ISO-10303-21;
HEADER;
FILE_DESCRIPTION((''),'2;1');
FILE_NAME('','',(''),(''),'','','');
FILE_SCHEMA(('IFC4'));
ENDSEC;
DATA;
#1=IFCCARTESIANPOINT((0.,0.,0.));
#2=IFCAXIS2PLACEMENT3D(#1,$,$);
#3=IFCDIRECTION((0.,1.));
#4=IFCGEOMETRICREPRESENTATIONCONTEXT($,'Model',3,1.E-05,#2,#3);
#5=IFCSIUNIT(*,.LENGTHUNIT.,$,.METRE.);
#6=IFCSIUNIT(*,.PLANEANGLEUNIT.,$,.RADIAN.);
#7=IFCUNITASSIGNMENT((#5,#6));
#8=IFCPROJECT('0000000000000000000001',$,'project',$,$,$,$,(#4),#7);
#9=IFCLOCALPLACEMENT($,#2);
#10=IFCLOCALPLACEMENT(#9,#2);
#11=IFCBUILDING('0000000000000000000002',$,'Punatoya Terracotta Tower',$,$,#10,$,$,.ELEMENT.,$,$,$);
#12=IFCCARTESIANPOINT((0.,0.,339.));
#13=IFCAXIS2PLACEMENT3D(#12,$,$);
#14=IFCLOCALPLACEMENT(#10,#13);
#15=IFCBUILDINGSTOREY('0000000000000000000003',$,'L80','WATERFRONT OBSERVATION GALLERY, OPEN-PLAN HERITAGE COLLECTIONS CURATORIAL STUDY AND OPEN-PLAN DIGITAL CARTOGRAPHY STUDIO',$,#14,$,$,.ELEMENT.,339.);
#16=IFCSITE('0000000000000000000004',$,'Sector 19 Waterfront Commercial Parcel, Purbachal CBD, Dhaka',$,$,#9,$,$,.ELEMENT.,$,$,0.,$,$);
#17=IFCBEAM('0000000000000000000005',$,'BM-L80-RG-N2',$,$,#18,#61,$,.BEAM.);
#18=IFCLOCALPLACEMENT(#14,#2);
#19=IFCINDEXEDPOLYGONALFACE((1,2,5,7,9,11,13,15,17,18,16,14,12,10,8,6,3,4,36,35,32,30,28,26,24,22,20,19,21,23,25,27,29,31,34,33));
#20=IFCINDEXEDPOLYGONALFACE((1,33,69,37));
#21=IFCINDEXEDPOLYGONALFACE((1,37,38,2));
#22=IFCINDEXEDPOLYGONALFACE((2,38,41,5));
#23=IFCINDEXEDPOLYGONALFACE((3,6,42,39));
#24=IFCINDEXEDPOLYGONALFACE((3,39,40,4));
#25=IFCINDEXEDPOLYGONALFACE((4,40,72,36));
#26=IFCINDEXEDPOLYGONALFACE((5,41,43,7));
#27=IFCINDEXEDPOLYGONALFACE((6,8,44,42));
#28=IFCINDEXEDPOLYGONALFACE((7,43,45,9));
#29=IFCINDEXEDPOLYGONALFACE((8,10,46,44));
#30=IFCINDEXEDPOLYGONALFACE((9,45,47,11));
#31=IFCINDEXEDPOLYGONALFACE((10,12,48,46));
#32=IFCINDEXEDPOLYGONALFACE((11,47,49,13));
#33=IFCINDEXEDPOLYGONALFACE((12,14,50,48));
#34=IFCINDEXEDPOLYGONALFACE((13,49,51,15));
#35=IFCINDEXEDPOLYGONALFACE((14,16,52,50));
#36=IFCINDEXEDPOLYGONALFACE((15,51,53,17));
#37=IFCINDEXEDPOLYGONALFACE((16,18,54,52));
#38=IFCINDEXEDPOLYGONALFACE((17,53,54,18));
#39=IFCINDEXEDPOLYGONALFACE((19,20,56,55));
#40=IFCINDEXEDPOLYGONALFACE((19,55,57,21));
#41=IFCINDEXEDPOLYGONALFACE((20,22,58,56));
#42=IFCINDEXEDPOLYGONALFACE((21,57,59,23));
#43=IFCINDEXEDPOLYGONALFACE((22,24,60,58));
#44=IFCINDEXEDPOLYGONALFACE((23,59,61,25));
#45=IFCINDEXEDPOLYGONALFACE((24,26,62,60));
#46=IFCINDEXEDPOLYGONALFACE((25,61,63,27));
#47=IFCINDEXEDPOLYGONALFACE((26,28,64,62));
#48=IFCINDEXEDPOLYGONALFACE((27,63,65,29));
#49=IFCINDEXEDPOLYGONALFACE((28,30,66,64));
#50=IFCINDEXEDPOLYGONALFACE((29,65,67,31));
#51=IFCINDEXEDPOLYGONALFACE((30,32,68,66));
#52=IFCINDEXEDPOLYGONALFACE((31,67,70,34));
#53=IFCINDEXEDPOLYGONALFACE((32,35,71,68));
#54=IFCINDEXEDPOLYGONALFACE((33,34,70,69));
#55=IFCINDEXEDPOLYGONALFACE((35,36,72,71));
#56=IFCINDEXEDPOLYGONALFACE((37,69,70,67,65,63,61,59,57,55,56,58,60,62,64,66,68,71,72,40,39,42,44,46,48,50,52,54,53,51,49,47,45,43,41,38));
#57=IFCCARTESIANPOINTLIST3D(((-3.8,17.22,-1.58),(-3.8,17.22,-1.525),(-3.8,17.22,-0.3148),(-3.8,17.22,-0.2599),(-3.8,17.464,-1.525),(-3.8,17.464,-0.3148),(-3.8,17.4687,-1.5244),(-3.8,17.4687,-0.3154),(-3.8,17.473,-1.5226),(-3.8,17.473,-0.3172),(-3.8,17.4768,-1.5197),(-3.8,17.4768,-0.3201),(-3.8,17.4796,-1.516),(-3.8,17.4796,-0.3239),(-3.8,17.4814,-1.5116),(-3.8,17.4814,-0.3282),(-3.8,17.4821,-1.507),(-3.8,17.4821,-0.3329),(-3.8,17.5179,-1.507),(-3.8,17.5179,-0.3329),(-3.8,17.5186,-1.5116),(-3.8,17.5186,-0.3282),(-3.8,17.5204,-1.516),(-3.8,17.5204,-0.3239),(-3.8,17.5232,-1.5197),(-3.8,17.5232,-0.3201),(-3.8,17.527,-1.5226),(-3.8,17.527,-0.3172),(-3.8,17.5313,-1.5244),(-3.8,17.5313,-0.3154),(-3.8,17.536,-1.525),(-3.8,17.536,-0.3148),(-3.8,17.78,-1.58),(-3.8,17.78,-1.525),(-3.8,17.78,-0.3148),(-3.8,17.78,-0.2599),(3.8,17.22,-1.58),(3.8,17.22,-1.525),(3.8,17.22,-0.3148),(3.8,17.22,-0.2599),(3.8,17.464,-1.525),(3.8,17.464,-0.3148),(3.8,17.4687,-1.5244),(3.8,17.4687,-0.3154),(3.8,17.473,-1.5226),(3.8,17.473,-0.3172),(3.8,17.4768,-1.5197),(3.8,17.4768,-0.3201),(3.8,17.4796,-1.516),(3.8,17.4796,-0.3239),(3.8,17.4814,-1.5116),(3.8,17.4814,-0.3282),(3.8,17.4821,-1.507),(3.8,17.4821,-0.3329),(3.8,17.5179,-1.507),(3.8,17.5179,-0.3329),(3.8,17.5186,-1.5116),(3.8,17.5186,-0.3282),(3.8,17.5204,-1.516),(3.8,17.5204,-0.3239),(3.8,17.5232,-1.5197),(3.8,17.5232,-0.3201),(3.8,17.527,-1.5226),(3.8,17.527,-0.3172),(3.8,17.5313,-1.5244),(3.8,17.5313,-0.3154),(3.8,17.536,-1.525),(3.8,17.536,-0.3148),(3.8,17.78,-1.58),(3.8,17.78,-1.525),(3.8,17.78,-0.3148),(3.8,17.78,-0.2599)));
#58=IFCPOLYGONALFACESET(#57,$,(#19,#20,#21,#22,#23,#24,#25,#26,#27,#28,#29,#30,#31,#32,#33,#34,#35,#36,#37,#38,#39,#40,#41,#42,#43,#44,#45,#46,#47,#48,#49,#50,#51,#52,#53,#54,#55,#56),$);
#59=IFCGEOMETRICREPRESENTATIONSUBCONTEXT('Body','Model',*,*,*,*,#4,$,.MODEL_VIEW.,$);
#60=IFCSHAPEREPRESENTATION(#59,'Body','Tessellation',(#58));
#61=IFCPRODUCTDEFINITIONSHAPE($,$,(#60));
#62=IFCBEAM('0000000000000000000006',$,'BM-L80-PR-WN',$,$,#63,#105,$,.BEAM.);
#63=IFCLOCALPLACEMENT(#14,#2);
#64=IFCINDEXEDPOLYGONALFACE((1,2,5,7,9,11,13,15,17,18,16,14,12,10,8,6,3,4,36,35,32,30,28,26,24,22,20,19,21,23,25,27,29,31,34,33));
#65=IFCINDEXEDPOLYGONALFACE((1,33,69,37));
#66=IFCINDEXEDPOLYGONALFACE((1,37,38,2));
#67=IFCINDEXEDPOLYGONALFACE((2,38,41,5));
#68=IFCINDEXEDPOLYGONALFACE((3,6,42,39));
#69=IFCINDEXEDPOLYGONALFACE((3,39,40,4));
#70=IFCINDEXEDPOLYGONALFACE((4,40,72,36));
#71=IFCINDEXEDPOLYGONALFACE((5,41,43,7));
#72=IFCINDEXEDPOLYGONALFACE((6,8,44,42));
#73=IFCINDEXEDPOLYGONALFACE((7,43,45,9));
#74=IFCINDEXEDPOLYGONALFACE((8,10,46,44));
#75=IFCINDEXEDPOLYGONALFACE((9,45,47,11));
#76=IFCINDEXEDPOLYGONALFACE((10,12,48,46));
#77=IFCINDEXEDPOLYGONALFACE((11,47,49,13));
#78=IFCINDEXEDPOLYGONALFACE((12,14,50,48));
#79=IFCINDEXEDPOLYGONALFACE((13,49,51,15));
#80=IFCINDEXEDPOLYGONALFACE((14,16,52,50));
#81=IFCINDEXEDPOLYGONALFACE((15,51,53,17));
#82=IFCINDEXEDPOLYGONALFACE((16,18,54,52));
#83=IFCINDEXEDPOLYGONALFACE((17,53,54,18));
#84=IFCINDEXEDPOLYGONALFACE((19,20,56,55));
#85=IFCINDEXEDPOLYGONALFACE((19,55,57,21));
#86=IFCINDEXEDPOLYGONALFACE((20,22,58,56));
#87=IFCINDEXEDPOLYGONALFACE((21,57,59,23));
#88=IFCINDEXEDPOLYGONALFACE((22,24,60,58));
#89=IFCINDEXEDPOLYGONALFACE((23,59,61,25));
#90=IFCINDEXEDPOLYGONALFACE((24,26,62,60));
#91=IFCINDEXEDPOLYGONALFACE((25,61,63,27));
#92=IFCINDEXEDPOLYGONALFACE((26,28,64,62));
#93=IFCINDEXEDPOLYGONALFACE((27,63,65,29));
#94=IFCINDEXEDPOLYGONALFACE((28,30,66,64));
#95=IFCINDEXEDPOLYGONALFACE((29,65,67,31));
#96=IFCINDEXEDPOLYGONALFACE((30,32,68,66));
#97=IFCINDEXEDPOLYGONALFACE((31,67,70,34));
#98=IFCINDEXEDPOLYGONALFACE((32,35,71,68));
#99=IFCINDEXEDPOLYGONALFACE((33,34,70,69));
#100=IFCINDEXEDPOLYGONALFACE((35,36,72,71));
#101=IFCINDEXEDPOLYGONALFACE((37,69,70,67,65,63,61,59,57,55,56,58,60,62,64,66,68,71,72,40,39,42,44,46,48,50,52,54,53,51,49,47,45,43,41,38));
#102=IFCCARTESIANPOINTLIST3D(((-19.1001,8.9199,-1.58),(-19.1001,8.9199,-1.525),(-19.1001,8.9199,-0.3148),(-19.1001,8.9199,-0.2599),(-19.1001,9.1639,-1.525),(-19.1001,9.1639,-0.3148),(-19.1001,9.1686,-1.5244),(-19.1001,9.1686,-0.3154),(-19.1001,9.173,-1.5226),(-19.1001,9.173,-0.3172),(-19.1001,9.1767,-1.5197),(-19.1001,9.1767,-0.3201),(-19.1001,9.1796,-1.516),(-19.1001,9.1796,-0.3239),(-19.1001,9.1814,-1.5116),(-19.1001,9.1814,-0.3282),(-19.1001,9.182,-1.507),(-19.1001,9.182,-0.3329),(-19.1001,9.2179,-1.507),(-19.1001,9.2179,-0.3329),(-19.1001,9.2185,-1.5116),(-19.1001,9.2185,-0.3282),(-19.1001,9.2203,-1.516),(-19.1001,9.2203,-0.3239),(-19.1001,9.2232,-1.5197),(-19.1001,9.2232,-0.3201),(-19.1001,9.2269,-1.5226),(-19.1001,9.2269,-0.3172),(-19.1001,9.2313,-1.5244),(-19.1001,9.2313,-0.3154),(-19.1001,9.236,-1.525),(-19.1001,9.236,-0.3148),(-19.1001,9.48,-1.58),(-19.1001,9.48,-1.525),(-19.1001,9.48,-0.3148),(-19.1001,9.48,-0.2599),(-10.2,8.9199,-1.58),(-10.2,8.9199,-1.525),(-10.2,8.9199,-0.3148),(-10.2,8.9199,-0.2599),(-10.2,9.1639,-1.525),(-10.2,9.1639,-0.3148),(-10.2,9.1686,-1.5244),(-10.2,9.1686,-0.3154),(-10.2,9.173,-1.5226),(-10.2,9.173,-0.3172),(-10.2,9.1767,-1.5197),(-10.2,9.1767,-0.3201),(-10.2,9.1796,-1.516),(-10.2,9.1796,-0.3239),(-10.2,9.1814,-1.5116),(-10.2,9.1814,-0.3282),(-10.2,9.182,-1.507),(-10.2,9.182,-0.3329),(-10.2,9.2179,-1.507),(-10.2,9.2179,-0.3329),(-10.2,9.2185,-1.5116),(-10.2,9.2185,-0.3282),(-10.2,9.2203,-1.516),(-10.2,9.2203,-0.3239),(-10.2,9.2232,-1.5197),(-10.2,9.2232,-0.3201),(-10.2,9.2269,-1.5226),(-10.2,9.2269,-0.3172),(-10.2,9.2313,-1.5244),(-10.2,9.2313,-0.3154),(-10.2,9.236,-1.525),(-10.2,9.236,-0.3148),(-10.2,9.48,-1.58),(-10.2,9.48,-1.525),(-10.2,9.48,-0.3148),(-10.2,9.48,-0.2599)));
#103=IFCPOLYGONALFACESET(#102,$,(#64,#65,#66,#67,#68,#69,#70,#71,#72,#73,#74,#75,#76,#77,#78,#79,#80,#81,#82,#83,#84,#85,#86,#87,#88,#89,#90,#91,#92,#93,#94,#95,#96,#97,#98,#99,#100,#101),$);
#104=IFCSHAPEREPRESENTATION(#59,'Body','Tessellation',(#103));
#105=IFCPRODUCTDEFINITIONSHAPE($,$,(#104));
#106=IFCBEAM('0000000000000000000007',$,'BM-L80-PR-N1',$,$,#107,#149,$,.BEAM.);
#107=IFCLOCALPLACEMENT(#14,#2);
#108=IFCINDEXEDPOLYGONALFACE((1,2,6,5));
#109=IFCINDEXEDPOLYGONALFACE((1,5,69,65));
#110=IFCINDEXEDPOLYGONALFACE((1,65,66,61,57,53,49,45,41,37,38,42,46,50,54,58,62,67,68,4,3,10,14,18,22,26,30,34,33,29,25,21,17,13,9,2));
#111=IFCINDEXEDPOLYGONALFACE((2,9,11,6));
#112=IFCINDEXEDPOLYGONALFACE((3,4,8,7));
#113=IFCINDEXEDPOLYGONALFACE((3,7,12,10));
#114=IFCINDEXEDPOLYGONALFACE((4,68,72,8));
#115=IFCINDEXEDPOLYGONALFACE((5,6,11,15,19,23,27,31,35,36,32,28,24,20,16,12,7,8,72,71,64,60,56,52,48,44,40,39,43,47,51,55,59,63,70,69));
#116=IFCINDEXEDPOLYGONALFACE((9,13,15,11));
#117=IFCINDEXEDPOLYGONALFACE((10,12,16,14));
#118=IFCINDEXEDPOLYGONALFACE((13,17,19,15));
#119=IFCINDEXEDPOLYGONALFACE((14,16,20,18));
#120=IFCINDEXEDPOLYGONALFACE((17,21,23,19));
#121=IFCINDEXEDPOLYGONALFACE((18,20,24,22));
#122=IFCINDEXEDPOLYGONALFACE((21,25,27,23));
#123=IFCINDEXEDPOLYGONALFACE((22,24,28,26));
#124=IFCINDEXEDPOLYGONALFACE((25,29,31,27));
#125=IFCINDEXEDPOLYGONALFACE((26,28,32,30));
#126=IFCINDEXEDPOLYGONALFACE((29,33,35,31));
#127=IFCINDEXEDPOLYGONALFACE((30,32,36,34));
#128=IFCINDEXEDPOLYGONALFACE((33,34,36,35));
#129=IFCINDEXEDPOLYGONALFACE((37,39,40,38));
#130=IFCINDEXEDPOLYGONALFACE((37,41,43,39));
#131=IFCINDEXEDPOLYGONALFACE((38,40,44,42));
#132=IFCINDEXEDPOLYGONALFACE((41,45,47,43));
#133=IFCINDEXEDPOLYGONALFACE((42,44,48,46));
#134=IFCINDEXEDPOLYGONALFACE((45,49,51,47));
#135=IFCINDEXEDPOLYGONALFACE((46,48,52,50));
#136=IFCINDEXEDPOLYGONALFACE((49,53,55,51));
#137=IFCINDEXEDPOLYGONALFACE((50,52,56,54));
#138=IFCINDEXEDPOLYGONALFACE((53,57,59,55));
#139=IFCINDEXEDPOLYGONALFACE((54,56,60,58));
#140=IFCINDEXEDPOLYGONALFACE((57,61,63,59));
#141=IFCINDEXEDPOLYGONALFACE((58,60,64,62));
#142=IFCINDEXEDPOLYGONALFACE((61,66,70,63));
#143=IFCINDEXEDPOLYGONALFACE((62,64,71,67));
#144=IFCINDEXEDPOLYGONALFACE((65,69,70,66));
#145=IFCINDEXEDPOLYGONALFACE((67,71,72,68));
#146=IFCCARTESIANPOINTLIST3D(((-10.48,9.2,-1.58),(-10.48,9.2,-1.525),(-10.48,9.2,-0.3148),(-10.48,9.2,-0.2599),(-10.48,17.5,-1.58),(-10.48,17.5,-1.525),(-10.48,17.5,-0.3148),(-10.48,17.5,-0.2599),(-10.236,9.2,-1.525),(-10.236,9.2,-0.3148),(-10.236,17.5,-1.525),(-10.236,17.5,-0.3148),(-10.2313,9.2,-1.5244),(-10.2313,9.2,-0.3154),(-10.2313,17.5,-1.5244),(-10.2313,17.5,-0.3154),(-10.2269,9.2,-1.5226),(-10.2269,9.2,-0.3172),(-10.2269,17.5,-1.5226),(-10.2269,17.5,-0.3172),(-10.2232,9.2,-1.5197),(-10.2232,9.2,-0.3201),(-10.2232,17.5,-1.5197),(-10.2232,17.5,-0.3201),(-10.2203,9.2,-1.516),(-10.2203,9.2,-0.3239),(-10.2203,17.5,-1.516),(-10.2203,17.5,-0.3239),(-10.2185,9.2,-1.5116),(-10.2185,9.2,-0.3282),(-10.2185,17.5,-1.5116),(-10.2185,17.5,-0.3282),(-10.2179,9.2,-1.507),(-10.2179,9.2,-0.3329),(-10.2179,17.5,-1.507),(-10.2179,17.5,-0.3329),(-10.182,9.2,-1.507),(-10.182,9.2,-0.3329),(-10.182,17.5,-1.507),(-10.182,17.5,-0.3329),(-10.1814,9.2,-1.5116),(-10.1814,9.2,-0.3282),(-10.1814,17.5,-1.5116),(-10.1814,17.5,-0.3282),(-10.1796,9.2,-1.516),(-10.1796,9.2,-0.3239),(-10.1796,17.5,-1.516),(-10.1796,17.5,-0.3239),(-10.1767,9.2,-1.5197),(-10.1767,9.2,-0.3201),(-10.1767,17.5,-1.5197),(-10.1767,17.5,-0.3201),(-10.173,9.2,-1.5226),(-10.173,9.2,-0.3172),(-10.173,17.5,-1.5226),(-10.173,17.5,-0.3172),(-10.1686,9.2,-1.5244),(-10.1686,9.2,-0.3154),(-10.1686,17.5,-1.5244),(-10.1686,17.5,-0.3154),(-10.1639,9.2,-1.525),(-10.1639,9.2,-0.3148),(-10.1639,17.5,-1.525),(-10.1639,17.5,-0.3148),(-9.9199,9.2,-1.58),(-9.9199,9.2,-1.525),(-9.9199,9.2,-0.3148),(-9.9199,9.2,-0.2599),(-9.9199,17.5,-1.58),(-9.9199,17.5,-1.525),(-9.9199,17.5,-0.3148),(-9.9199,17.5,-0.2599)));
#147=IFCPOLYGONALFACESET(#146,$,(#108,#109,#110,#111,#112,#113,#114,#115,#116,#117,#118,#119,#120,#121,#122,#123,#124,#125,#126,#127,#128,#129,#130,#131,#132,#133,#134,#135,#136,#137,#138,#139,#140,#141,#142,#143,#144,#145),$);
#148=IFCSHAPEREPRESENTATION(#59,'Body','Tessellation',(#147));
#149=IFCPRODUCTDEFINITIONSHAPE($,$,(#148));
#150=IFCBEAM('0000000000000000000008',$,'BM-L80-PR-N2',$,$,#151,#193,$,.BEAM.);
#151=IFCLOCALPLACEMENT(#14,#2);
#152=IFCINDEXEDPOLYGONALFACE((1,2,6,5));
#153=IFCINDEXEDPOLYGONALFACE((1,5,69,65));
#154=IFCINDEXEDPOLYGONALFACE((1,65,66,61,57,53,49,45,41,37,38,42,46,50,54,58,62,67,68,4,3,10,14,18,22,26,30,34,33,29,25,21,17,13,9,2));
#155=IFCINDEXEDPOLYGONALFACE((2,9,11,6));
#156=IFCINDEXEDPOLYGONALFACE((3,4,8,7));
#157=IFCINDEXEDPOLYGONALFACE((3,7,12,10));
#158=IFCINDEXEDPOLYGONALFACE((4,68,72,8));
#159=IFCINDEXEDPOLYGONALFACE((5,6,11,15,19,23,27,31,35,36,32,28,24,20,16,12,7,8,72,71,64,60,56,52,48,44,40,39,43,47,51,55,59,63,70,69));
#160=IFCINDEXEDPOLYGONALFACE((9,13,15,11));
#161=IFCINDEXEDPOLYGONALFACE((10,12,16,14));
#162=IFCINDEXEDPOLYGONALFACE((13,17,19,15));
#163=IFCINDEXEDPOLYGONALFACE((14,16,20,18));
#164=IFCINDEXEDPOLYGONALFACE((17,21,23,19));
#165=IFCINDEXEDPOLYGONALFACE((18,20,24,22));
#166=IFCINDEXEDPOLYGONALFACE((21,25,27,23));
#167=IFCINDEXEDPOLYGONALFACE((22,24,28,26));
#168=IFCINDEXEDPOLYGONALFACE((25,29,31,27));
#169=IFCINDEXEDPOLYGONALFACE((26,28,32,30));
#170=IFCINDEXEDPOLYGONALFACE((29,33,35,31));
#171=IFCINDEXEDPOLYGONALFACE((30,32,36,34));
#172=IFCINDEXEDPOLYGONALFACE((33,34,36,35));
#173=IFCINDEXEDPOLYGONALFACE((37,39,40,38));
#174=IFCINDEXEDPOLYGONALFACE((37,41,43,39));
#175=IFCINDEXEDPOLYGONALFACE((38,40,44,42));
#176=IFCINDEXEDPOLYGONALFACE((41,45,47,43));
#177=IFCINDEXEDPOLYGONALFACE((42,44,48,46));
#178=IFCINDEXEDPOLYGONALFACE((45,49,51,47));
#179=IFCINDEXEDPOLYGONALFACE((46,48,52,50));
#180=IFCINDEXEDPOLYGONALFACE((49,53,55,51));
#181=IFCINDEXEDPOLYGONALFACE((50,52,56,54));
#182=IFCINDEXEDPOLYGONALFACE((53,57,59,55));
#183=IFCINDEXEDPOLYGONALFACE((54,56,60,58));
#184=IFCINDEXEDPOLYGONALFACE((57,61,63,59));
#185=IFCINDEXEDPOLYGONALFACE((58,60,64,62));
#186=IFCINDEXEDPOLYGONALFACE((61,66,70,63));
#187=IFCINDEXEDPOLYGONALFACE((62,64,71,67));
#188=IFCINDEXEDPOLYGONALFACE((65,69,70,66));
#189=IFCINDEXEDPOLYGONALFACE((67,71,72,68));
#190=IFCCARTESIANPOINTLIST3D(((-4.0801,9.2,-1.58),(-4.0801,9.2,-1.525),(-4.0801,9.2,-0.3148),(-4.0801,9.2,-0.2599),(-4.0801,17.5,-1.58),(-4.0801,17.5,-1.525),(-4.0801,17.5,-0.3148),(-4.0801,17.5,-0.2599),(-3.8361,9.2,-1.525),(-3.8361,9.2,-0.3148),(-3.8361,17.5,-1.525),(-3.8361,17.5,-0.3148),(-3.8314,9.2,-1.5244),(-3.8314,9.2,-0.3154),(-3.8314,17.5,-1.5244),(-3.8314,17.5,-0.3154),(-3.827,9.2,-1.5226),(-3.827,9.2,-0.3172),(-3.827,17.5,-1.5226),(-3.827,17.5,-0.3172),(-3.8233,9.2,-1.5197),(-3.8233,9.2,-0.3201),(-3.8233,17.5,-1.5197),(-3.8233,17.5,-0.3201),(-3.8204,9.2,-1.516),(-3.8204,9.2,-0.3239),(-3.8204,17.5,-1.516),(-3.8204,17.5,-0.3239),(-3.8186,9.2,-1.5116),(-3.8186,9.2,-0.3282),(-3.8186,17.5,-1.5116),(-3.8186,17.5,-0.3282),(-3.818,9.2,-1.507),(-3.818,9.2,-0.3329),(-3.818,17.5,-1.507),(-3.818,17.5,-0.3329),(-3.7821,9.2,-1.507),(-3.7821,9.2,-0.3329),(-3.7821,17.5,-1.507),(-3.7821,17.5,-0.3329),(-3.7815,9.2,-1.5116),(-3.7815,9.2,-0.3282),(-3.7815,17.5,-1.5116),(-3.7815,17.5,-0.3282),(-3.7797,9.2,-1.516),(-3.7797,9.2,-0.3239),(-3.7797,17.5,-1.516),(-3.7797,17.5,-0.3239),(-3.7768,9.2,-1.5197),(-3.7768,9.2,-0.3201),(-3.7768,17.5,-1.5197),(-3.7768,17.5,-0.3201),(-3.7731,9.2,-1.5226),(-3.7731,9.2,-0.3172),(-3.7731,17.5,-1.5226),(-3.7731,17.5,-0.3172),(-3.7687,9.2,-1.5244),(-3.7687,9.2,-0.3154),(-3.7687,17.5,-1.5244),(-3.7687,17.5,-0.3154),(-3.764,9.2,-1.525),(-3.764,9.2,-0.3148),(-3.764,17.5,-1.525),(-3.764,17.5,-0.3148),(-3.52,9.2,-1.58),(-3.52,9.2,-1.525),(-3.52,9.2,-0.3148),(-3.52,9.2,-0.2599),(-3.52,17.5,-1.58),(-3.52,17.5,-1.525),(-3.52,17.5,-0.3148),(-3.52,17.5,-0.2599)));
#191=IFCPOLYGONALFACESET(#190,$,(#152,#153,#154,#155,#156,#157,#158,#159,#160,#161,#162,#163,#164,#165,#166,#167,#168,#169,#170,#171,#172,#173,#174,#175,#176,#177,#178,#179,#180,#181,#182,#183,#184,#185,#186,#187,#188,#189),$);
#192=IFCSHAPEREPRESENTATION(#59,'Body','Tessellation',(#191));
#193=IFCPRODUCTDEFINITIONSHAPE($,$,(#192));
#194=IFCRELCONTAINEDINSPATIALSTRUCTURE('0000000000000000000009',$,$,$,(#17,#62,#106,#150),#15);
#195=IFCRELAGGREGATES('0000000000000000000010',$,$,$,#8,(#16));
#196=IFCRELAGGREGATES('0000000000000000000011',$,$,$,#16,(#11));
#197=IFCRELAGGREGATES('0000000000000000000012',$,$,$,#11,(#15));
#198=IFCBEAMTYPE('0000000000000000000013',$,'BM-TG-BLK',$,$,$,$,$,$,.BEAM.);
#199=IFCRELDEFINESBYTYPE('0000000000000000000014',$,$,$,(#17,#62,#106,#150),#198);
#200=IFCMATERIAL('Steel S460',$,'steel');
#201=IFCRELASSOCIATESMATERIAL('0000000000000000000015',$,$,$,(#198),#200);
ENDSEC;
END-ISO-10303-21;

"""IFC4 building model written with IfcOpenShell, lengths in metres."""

from ifc_helpers import new_model, si_unit, direction, frame, origin, origin_2d, place, context, subcontext, project, spatial, i_section, extrude, material, material_profile, profile_set, type_object, element, save


model = new_model("IFC4")

# Units and contexts
model_context = context("Model", 3, precision=1e-05, world=origin(), true_north=direction((0.0, 1.0)))
body_context = subcontext(model_context, "Body", "Model", "MODEL_VIEW")
ifc_project = project(units=[si_unit("LENGTHUNIT", "METRE"), si_unit("PLANEANGLEUNIT", "RADIAN")], contexts=[model_context])

# Site, building, storey
site_placement = place(None, origin())
site = spatial("IfcSite", under=ifc_project, at=site_placement, Name="Sector 19 Waterfront Commercial Parcel, Purbachal CBD, Dhaka", CompositionType="ELEMENT", RefElevation=0.0)
building_placement = place(site_placement, origin())
building = spatial("IfcBuilding", under=site, at=building_placement, Name="Punatoya Terracotta Tower", CompositionType="ELEMENT")
storey_placement = place(building_placement, frame((0.0, 0.0, 339.0)))
storey = spatial("IfcBuildingStorey", under=building, at=storey_placement, Name="L80", Description="WATERFRONT OBSERVATION GALLERY, OPEN-PLAN HERITAGE COLLECTIONS CURATORIAL STUDY AND OPEN-PLAN DIGITAL CARTOGRAPHY STUDIO", CompositionType="ELEMENT", Elevation=339.0)

# Shared definitions
ifc_material_1 = material(Name="Steel S460", Category="steel")

# Beams
ifc_material_profile_1 = material_profile(ifc_material_1, i_section(OverallWidth=0.5601, OverallDepth=1.3201, WebThickness=0.0359, FlangeThickness=0.0549, FilletRadius=0.0181, at=origin_2d()))
ifc_profile_set_1 = profile_set([ifc_material_profile_1], Name="Steel S460")
beam_type_1 = type_object("IfcBeamType", Name="BM-TG-BLK", PredefinedType="BEAM", material=ifc_profile_set_1)
beam_1_placement = place(storey_placement, frame((-3.8, 17.5, -0.9199), z_axis=(1.0, 0.0, 0.0), x_axis=(0.0, 1.0, 0.0)))
element("IfcBeam", 1, at=beam_1_placement, inside=storey, type_object=beam_type_1, Name="BM-L80-RG-N2", PredefinedType="BEAM", context=body_context, shape_type="SweptSolid", body=[
    extrude(i_section(OverallWidth=0.5601, OverallDepth=1.3201, WebThickness=0.0359, FlangeThickness=0.0549, FilletRadius=0.0181, at=origin_2d()), origin(), (0.0, 0.0, 1.0), 7.6001),
])
beam_2_placement = place(storey_placement, frame((-19.1001, 9.2, -0.9199), z_axis=(1.0, 0.0, 0.0), x_axis=(0.0, 1.0, 0.0)))
element("IfcBeam", 2, at=beam_2_placement, inside=storey, type_object=beam_type_1, Name="BM-L80-PR-WN", PredefinedType="BEAM", context=body_context, shape_type="SweptSolid", body=[
    extrude(i_section(OverallWidth=0.5601, OverallDepth=1.3201, WebThickness=0.0359, FlangeThickness=0.0549, FilletRadius=0.0181, at=origin_2d()), origin(), (0.0, 0.0, 1.0), 8.9001),
])
for number, where, z_axis, x_axis, name in (
    (3, (-10.2, 9.2, -0.9199), (0.0, 1.0, 0.0), (-1.0, 0.0, 0.0), "BM-L80-PR-N1"),
    (4, (-3.8, 9.2, -0.9199), (0.0, 1.0, 0.0), (-1.0, 0.0, 0.0), "BM-L80-PR-N2"),
):
    element("IfcBeam", number, at=place(storey_placement, frame(where, z_axis=z_axis, x_axis=x_axis)), inside=storey, type_object=beam_type_1, Name=name, PredefinedType="BEAM", context=body_context, shape_type="SweptSolid", body=[
        extrude(i_section(OverallWidth=0.5601, OverallDepth=1.3201, WebThickness=0.0359, FlangeThickness=0.0549, FilletRadius=0.0181, at=origin_2d()), origin(), (0.0, 0.0, 1.0), 8.3),
    ])

save(model, "model.ifc")
